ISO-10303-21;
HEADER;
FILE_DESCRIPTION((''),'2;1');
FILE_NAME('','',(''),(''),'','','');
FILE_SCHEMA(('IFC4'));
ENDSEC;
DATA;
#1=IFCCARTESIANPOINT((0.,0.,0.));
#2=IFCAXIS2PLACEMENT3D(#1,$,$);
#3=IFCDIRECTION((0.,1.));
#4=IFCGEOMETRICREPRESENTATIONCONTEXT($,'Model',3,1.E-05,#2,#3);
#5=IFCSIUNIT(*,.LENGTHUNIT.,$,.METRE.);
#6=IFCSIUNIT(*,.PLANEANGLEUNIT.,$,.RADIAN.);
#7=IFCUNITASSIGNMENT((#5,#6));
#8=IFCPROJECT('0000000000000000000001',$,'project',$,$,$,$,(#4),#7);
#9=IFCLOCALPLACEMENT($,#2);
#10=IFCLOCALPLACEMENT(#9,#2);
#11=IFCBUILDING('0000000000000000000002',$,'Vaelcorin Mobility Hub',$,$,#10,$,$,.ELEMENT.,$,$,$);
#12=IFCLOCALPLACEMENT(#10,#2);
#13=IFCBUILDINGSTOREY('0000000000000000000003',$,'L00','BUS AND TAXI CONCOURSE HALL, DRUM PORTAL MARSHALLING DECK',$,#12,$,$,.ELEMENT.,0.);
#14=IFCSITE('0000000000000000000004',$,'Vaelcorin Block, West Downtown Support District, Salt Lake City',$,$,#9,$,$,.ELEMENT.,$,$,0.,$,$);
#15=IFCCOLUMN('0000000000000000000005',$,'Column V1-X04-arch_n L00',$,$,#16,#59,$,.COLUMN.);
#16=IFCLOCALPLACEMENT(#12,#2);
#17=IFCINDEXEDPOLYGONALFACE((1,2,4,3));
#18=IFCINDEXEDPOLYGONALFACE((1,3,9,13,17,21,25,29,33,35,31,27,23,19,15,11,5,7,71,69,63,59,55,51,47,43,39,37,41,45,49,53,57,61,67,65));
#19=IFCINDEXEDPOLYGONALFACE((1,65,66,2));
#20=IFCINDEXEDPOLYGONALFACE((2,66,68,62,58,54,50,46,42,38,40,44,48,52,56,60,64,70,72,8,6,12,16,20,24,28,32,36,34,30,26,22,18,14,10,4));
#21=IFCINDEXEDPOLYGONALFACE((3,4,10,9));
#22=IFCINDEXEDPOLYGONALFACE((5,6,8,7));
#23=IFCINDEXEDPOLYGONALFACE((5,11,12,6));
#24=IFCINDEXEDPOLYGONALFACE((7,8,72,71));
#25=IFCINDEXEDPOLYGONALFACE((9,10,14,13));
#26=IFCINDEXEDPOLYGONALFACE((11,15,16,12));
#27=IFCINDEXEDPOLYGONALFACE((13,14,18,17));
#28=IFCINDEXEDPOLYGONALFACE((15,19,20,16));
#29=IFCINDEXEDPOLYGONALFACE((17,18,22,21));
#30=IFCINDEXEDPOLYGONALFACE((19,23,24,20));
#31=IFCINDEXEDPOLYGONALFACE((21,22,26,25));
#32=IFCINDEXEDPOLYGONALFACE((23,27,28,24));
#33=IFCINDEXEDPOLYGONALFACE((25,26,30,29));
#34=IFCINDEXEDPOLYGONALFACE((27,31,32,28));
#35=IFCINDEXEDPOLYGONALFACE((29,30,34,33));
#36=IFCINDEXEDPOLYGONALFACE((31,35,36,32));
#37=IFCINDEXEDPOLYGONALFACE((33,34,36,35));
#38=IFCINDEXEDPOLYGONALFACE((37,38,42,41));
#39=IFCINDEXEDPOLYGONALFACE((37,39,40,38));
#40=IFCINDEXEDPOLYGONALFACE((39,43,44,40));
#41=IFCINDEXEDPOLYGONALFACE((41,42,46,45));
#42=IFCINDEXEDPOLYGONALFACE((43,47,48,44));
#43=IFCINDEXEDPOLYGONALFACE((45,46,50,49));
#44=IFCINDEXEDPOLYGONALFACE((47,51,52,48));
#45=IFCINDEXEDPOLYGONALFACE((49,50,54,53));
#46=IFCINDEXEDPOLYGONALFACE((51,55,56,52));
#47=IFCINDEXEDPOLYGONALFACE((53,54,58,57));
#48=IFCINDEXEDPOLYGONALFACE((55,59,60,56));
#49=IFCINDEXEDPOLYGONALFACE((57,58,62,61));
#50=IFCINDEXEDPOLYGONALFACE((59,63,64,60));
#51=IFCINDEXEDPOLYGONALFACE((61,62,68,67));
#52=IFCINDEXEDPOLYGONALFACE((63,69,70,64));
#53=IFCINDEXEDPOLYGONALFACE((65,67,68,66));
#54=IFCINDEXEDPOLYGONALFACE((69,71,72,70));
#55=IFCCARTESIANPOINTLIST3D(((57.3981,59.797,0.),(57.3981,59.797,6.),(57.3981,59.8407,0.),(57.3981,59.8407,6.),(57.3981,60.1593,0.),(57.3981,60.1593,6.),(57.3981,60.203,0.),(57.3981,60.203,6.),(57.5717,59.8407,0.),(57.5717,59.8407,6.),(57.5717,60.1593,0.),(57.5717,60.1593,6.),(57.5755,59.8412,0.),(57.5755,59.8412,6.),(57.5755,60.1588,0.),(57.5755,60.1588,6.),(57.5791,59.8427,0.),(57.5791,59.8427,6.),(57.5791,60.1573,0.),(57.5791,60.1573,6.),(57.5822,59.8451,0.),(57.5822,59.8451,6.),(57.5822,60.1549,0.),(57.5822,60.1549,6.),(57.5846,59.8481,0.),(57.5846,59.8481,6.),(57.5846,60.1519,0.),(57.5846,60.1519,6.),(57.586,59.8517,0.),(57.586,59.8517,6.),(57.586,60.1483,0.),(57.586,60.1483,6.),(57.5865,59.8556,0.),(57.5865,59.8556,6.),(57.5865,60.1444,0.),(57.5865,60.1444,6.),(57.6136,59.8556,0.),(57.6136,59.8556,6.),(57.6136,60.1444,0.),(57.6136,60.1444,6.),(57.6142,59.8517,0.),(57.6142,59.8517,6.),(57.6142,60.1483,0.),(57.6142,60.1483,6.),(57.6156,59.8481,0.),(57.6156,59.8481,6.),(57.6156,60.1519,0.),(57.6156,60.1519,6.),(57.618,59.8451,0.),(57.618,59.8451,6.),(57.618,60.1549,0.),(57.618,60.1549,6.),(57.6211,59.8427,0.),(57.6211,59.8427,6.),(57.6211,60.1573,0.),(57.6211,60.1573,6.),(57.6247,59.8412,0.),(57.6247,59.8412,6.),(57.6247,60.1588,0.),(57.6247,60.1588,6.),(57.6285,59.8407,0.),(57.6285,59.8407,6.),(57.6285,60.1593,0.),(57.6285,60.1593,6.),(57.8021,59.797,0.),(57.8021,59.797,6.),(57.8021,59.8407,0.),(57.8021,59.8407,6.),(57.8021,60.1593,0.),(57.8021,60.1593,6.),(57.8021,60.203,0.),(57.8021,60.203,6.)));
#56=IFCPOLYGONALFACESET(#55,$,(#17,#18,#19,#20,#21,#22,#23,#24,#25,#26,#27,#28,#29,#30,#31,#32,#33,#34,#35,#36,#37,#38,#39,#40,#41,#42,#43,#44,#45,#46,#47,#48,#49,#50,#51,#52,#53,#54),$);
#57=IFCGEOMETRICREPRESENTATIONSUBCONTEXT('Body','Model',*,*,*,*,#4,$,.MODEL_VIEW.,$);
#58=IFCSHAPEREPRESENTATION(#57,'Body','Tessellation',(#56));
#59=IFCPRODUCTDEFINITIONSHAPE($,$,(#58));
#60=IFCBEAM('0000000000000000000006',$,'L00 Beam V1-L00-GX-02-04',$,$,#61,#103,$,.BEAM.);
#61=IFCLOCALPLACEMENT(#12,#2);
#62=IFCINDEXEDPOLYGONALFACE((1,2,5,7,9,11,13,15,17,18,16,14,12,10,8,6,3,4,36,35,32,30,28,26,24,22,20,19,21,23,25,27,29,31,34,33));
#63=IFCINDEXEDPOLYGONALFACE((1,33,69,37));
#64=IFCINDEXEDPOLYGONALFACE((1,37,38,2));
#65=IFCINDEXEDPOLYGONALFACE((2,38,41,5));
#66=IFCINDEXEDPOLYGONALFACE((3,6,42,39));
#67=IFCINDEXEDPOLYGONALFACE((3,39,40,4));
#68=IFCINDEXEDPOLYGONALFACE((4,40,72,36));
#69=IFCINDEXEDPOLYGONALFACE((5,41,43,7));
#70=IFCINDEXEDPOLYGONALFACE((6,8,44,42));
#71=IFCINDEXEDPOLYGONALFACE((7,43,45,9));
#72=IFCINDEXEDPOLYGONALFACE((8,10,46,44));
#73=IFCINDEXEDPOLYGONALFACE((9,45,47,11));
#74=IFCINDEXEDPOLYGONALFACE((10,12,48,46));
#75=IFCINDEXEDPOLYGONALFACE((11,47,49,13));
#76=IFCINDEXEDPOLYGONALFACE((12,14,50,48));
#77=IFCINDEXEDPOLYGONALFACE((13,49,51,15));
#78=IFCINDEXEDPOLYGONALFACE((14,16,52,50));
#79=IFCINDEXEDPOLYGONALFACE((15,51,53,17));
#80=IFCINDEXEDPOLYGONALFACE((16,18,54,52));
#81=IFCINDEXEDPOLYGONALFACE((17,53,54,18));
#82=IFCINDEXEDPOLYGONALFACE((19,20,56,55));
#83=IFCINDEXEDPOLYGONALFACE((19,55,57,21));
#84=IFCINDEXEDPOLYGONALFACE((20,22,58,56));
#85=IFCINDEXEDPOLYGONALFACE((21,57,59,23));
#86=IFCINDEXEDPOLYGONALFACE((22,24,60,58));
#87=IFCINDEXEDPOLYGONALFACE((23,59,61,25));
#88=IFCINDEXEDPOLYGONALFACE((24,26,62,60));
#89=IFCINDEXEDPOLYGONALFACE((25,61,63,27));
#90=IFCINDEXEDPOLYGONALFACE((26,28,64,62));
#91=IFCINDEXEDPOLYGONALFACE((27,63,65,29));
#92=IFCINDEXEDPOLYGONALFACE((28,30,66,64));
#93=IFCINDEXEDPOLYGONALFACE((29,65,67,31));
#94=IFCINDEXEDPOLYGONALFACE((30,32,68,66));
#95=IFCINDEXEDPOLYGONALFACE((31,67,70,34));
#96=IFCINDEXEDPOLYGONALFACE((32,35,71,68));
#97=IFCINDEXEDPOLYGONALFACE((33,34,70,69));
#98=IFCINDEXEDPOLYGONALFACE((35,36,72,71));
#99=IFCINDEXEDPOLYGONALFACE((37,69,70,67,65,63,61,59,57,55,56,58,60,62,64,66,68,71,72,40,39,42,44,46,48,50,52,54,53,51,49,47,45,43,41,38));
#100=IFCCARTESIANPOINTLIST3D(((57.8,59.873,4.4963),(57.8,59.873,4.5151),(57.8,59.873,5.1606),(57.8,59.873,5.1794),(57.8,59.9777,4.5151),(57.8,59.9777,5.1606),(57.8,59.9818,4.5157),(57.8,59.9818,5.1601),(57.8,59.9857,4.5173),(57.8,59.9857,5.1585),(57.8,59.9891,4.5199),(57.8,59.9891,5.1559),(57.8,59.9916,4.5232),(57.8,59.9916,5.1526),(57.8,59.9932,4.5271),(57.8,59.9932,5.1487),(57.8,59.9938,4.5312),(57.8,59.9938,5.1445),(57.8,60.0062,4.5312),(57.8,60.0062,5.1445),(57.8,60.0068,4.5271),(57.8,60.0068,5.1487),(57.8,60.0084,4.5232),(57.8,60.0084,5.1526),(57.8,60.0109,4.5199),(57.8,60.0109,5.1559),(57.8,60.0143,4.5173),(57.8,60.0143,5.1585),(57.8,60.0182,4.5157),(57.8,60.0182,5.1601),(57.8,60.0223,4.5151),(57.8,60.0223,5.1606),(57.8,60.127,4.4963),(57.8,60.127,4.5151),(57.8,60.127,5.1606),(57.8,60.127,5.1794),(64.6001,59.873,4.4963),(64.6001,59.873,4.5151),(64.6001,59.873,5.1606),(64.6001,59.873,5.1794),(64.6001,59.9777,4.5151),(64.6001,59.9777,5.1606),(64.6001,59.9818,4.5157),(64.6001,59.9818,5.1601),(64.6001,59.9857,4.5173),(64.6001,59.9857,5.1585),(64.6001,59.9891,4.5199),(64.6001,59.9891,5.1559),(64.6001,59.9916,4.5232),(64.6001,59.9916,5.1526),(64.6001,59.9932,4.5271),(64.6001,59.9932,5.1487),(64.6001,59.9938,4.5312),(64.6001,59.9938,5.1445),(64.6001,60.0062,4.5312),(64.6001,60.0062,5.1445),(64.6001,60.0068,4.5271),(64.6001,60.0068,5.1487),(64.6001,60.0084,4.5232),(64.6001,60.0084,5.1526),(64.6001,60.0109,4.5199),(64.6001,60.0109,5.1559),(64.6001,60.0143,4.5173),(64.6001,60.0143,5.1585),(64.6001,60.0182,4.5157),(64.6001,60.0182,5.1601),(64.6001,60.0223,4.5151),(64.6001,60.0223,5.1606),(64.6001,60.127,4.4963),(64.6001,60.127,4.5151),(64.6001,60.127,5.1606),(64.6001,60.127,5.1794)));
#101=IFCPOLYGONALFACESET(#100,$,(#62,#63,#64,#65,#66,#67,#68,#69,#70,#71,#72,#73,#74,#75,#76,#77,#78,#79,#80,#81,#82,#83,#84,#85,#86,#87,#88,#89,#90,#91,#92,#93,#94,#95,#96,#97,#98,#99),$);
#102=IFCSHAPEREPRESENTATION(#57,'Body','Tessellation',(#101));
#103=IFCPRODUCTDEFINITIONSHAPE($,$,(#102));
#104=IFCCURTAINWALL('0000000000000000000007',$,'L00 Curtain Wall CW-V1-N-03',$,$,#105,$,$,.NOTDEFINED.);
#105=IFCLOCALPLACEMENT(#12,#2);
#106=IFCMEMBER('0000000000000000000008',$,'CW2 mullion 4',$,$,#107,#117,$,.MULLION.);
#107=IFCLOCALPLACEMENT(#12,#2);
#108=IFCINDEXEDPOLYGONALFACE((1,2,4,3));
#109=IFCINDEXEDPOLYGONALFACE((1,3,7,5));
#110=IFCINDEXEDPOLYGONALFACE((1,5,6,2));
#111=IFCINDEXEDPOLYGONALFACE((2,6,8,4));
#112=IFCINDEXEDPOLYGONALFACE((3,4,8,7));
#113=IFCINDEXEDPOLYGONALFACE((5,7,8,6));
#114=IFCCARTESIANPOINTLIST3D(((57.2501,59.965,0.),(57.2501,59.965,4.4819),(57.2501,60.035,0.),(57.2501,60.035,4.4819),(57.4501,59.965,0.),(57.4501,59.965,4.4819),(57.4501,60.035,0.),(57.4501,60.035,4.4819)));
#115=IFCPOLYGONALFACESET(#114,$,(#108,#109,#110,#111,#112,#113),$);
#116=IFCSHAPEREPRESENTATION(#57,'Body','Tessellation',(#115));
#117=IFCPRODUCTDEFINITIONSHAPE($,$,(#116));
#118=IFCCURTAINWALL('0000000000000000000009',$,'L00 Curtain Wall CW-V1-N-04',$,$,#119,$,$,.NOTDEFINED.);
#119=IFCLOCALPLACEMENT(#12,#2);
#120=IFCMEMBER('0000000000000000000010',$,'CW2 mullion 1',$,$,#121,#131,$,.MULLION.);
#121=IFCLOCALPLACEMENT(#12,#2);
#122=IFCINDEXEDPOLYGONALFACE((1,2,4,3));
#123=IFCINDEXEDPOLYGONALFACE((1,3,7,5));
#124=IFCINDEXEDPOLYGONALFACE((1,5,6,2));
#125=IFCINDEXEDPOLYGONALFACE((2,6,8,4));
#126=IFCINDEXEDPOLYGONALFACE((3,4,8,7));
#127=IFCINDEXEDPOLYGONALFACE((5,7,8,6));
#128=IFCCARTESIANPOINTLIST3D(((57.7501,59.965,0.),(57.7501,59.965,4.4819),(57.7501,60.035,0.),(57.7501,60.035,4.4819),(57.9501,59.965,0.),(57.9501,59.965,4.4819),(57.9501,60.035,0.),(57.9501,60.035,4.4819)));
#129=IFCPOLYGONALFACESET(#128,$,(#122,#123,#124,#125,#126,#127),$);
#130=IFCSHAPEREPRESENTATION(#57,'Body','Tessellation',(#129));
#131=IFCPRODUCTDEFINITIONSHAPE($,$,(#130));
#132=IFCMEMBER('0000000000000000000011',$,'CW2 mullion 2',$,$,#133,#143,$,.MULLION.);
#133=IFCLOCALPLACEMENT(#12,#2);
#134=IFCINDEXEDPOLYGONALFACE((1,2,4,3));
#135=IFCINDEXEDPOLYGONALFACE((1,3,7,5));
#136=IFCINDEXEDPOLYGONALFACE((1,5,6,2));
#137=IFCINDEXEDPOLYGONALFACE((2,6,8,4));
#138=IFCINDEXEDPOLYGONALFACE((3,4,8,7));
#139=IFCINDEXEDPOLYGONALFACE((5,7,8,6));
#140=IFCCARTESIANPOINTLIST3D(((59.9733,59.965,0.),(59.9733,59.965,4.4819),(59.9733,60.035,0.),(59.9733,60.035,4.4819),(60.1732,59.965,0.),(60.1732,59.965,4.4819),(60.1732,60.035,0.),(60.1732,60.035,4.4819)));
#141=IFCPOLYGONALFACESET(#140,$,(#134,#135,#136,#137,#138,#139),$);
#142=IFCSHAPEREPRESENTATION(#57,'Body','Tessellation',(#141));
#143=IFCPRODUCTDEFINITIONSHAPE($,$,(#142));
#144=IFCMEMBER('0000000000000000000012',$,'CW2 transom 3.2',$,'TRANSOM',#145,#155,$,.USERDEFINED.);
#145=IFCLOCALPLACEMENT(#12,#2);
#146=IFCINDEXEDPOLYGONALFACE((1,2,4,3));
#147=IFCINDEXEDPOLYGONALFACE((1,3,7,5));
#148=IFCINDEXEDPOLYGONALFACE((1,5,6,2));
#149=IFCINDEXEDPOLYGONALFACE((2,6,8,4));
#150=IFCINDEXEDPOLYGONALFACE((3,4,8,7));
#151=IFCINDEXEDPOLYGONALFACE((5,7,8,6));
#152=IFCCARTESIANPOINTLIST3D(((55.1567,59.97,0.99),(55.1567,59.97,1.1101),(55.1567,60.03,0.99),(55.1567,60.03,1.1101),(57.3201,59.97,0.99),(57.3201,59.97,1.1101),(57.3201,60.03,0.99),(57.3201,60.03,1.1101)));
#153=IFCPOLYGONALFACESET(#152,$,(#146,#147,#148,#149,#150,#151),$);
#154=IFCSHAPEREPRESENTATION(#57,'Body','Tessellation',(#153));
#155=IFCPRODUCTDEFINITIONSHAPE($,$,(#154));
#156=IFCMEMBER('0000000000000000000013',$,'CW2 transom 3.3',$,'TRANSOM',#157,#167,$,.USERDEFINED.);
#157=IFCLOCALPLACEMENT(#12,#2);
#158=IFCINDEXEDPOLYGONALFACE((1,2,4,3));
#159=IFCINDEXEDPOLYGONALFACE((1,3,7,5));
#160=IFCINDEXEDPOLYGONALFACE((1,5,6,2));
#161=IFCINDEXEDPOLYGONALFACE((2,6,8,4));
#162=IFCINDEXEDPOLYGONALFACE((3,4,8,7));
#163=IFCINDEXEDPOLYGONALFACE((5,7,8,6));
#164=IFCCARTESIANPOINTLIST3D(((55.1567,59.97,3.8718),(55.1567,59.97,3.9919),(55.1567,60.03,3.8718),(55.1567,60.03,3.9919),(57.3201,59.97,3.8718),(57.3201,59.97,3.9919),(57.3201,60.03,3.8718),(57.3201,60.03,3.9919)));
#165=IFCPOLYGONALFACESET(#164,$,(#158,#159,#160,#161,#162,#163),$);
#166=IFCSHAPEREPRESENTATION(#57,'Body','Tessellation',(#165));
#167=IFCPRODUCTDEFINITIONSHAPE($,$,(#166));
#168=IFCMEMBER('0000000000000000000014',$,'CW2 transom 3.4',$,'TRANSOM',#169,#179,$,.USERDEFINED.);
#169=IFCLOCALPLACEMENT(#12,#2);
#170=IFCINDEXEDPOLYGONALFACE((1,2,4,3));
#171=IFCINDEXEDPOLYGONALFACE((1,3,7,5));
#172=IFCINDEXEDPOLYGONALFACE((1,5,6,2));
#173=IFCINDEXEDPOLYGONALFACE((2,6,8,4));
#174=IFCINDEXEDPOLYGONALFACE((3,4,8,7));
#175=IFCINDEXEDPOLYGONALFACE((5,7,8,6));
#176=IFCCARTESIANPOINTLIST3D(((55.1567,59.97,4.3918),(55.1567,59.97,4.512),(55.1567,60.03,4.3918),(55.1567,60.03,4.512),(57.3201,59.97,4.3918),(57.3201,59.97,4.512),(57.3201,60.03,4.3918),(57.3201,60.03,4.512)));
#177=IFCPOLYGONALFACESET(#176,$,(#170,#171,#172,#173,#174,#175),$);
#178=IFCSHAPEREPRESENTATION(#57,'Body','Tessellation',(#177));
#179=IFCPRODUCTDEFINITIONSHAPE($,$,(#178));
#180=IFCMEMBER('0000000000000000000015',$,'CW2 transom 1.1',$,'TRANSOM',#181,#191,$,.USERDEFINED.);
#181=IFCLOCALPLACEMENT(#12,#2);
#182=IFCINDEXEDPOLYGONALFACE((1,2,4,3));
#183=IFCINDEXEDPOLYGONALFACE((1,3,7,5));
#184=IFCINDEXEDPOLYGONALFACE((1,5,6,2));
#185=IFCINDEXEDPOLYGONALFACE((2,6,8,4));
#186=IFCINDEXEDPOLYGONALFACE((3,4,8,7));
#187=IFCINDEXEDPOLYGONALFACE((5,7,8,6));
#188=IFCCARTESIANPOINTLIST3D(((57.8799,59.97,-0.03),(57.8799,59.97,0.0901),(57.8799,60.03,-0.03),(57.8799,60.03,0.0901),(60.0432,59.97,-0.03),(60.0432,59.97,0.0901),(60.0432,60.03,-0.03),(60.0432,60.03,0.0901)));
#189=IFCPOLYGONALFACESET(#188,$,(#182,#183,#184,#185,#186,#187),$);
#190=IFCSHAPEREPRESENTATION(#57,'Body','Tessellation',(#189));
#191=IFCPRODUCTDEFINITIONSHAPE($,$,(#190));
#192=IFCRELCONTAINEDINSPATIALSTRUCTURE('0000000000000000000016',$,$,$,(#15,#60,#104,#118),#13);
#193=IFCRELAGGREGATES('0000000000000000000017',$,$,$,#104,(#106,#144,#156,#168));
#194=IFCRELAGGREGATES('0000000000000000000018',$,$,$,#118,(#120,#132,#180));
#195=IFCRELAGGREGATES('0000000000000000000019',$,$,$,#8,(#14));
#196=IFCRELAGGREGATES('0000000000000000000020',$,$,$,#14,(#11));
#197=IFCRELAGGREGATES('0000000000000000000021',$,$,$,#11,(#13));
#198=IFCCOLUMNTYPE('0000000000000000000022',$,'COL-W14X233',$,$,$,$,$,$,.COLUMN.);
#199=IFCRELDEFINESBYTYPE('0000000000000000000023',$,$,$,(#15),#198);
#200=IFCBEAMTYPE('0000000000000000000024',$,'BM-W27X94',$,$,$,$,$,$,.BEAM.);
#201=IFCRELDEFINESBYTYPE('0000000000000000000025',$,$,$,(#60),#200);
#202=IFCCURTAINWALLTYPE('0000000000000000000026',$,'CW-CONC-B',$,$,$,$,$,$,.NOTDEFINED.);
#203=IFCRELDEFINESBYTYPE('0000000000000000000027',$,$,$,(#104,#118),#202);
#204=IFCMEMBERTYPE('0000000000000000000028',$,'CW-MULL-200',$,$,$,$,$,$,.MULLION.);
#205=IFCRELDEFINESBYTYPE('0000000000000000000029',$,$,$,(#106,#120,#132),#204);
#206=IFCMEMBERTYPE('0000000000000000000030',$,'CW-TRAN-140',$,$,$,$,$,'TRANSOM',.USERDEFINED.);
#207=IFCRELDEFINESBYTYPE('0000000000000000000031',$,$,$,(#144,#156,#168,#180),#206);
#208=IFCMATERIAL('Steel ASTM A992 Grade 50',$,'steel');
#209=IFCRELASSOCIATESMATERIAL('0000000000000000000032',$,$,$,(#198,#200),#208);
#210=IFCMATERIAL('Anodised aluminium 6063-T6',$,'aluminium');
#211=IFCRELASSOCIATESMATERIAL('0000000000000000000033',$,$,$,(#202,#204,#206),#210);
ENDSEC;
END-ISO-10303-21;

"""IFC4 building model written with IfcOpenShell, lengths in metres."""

from ifc_helpers import new_model, si_unit, direction, frame, origin, origin_2d, place, context, subcontext, project, spatial, rectangle, i_section, extrude, material, material_profile, profile_set, type_object, element, aggregate, save


model = new_model("IFC4")

# Units and contexts
model_context = context("Model", 3, precision=1e-05, world=origin(), true_north=direction((0.0, 1.0)))
body_context = subcontext(model_context, "Body", "Model", "MODEL_VIEW")
ifc_project = project(units=[si_unit("LENGTHUNIT", "METRE"), si_unit("PLANEANGLEUNIT", "RADIAN")], contexts=[model_context])

# Site, building, storey
site_placement = place(None, origin())
site = spatial("IfcSite", under=ifc_project, at=site_placement, Name="Vaelcorin Block, West Downtown Support District, Salt Lake City", CompositionType="ELEMENT", RefElevation=0.0)
building_placement = place(site_placement, origin())
building = spatial("IfcBuilding", under=site, at=building_placement, Name="Vaelcorin Mobility Hub", CompositionType="ELEMENT")
storey_placement = place(building_placement, origin())
storey = spatial("IfcBuildingStorey", under=building, at=storey_placement, Name="L00", Description="BUS AND TAXI CONCOURSE HALL, DRUM PORTAL MARSHALLING DECK", CompositionType="ELEMENT", Elevation=0.0)

# Column
ifc_material_1 = material(Name="Steel ASTM A992 Grade 50", Category="steel")
ifc_material_profile_1 = material_profile(ifc_material_1, i_section(OverallWidth=0.4041, OverallDepth=0.406, WebThickness=0.0271, FlangeThickness=0.0437, FilletRadius=0.0149, at=origin_2d()), Name="W14X233")
ifc_profile_set_1 = profile_set([ifc_material_profile_1], Name="Steel ASTM A992 Grade 50")
column_type = type_object("IfcColumnType", Name="COL-W14X233", PredefinedType="COLUMN", material=ifc_profile_set_1)
column_placement = place(storey_placement, frame((57.6001, 60.0, 0.0), z_axis=(0.0, 0.0, 1.0), x_axis=(1.0, 0.0, 0.0)))
element("IfcColumn", 1, at=column_placement, inside=storey, type_object=column_type, Name="Column V1-X04-arch_n L00", PredefinedType="COLUMN", context=body_context, shape_type="SweptSolid", body=[
    extrude(i_section(OverallWidth=0.4041, OverallDepth=0.406, WebThickness=0.0271, FlangeThickness=0.0437, FilletRadius=0.0149, at=origin_2d()), origin(), (0.0, 0.0, 1.0), 6.0),
])

# Beam
ifc_material_profile_2 = material_profile(ifc_material_1, i_section(OverallWidth=0.2539, OverallDepth=0.6831, WebThickness=0.0125, FlangeThickness=0.0188, FilletRadius=0.0161, at=origin_2d()), Name="W27X94")
ifc_profile_set_2 = profile_set([ifc_material_profile_2], Name="Steel ASTM A992 Grade 50")
beam_type = type_object("IfcBeamType", Name="BM-W27X94", PredefinedType="BEAM", material=ifc_profile_set_2)
beam_placement = place(storey_placement, frame((57.8, 60.0, 4.8379), z_axis=(1.0, 0.0, 0.0), x_axis=(0.0, 1.0, 0.0)))
element("IfcBeam", 2, at=beam_placement, inside=storey, type_object=beam_type, Name="L00 Beam V1-L00-GX-02-04", PredefinedType="BEAM", context=body_context, shape_type="SweptSolid", body=[
    extrude(i_section(OverallWidth=0.2539, OverallDepth=0.6831, WebThickness=0.0125, FlangeThickness=0.0188, FilletRadius=0.0161, at=origin_2d()), origin(), (0.0, 0.0, 1.0), 6.8),
])

# Curtain wall, member
ifc_material_2 = material(Name="Anodised aluminium 6063-T6", Category="aluminium")
curtain_wall_type = type_object("IfcCurtainWallType", Name="CW-CONC-B", PredefinedType="NOTDEFINED", material=ifc_material_2)
curtain_wall_1_placement = place(storey_placement, origin())
curtain_wall_1 = element("IfcCurtainWall", 3, at=curtain_wall_1_placement, inside=storey, type_object=curtain_wall_type, Name="L00 Curtain Wall CW-V1-N-03", PredefinedType="NOTDEFINED")
ifc_material_profile_3 = material_profile(ifc_material_2, rectangle(XDim=0.0701, YDim=0.2, at=origin_2d()), Name="ALU-M70X200")
ifc_profile_set_3 = profile_set([ifc_material_profile_3], Name="Anodised aluminium 6063-T6")
member_type_1 = type_object("IfcMemberType", Name="CW-MULL-200", PredefinedType="MULLION", material=ifc_profile_set_3)
member_1_placement = place(storey_placement, frame((57.3501, 60.0, 0.0), z_axis=(0.0, 0.0, 1.0), x_axis=(0.0, 1.0, 0.0)))
member_1 = element("IfcMember", 4, at=member_1_placement, type_object=member_type_1, Name="CW2 mullion 4", PredefinedType="MULLION", context=body_context, shape_type="SweptSolid", body=[
    extrude(rectangle(XDim=0.0701, YDim=0.2, at=origin_2d()), origin(), (0.0, 0.0, 1.0), 4.4819),
])

# Curtain wall, members
curtain_wall_2_placement = place(storey_placement, origin())
curtain_wall_2 = element("IfcCurtainWall", 5, at=curtain_wall_2_placement, inside=storey, type_object=curtain_wall_type, Name="L00 Curtain Wall CW-V1-N-04", PredefinedType="NOTDEFINED")
member_2_placement = place(storey_placement, frame((57.8501, 60.0, 0.0), z_axis=(0.0, 0.0, 1.0), x_axis=(0.0, 1.0, 0.0)))
member_2 = element("IfcMember", 6, at=member_2_placement, type_object=member_type_1, Name="CW2 mullion 1", PredefinedType="MULLION", context=body_context, shape_type="SweptSolid", body=[
    extrude(rectangle(XDim=0.0701, YDim=0.2, at=origin_2d()), origin(), (0.0, 0.0, 1.0), 4.4819),
])
member_3_placement = place(storey_placement, frame((60.0732, 60.0, 0.0), z_axis=(0.0, 0.0, 1.0), x_axis=(0.0, 1.0, 0.0)))
member_3 = element("IfcMember", 7, at=member_3_placement, type_object=member_type_1, Name="CW2 mullion 2", PredefinedType="MULLION", context=body_context, shape_type="SweptSolid", body=[
    extrude(rectangle(XDim=0.0701, YDim=0.2, at=origin_2d()), origin(), (0.0, 0.0, 1.0), 4.4819),
])

# Members
ifc_material_profile_4 = material_profile(ifc_material_2, rectangle(XDim=0.0601, YDim=0.1201, at=origin_2d()), Name="ALU-T60X120")
ifc_profile_set_4 = profile_set([ifc_material_profile_4], Name="Anodised aluminium 6063-T6")
member_type_2 = type_object("IfcMemberType", Name="CW-TRAN-140", ElementType="TRANSOM", PredefinedType="USERDEFINED", material=ifc_profile_set_4)
member_4_placement = place(storey_placement, frame((55.1567, 60.0, 1.05), z_axis=(1.0, 0.0, 0.0), x_axis=(0.0, 1.0, 0.0)))
member_4 = element("IfcMember", 8, at=member_4_placement, type_object=member_type_2, Name="CW2 transom 3.2", ObjectType="TRANSOM", PredefinedType="USERDEFINED", context=body_context, shape_type="SweptSolid", body=[
    extrude(rectangle(XDim=0.0601, YDim=0.1201, at=origin_2d()), origin(), (0.0, 0.0, 1.0), 2.1633),
])
member_5_placement = place(storey_placement, frame((55.1567, 60.0, 3.9319), z_axis=(1.0, 0.0, 0.0), x_axis=(0.0, 1.0, 0.0)))
member_5 = element("IfcMember", 9, at=member_5_placement, type_object=member_type_2, Name="CW2 transom 3.3", ObjectType="TRANSOM", PredefinedType="USERDEFINED", context=body_context, shape_type="SweptSolid", body=[
    extrude(rectangle(XDim=0.0601, YDim=0.1201, at=origin_2d()), origin(), (0.0, 0.0, 1.0), 2.1633),
])
member_6_placement = place(storey_placement, frame((55.1567, 60.0, 4.4519), z_axis=(1.0, 0.0, 0.0), x_axis=(0.0, 1.0, 0.0)))
member_6 = element("IfcMember", 10, at=member_6_placement, type_object=member_type_2, Name="CW2 transom 3.4", ObjectType="TRANSOM", PredefinedType="USERDEFINED", context=body_context, shape_type="SweptSolid", body=[
    extrude(rectangle(XDim=0.0601, YDim=0.1201, at=origin_2d()), origin(), (0.0, 0.0, 1.0), 2.1633),
])
member_7_placement = place(storey_placement, frame((57.8799, 60.0, 0.03), z_axis=(1.0, 0.0, 0.0), x_axis=(0.0, 1.0, 0.0)))
member_7 = element("IfcMember", 11, at=member_7_placement, type_object=member_type_2, Name="CW2 transom 1.1", ObjectType="TRANSOM", PredefinedType="USERDEFINED", context=body_context, shape_type="SweptSolid", body=[
    extrude(rectangle(XDim=0.0601, YDim=0.1201, at=origin_2d()), origin(), (0.0, 0.0, 1.0), 2.1633),
])

aggregate(curtain_wall_1, [member_1, member_4, member_5, member_6])
aggregate(curtain_wall_2, [member_2, member_3, member_7])

save(model, "model.ifc")
